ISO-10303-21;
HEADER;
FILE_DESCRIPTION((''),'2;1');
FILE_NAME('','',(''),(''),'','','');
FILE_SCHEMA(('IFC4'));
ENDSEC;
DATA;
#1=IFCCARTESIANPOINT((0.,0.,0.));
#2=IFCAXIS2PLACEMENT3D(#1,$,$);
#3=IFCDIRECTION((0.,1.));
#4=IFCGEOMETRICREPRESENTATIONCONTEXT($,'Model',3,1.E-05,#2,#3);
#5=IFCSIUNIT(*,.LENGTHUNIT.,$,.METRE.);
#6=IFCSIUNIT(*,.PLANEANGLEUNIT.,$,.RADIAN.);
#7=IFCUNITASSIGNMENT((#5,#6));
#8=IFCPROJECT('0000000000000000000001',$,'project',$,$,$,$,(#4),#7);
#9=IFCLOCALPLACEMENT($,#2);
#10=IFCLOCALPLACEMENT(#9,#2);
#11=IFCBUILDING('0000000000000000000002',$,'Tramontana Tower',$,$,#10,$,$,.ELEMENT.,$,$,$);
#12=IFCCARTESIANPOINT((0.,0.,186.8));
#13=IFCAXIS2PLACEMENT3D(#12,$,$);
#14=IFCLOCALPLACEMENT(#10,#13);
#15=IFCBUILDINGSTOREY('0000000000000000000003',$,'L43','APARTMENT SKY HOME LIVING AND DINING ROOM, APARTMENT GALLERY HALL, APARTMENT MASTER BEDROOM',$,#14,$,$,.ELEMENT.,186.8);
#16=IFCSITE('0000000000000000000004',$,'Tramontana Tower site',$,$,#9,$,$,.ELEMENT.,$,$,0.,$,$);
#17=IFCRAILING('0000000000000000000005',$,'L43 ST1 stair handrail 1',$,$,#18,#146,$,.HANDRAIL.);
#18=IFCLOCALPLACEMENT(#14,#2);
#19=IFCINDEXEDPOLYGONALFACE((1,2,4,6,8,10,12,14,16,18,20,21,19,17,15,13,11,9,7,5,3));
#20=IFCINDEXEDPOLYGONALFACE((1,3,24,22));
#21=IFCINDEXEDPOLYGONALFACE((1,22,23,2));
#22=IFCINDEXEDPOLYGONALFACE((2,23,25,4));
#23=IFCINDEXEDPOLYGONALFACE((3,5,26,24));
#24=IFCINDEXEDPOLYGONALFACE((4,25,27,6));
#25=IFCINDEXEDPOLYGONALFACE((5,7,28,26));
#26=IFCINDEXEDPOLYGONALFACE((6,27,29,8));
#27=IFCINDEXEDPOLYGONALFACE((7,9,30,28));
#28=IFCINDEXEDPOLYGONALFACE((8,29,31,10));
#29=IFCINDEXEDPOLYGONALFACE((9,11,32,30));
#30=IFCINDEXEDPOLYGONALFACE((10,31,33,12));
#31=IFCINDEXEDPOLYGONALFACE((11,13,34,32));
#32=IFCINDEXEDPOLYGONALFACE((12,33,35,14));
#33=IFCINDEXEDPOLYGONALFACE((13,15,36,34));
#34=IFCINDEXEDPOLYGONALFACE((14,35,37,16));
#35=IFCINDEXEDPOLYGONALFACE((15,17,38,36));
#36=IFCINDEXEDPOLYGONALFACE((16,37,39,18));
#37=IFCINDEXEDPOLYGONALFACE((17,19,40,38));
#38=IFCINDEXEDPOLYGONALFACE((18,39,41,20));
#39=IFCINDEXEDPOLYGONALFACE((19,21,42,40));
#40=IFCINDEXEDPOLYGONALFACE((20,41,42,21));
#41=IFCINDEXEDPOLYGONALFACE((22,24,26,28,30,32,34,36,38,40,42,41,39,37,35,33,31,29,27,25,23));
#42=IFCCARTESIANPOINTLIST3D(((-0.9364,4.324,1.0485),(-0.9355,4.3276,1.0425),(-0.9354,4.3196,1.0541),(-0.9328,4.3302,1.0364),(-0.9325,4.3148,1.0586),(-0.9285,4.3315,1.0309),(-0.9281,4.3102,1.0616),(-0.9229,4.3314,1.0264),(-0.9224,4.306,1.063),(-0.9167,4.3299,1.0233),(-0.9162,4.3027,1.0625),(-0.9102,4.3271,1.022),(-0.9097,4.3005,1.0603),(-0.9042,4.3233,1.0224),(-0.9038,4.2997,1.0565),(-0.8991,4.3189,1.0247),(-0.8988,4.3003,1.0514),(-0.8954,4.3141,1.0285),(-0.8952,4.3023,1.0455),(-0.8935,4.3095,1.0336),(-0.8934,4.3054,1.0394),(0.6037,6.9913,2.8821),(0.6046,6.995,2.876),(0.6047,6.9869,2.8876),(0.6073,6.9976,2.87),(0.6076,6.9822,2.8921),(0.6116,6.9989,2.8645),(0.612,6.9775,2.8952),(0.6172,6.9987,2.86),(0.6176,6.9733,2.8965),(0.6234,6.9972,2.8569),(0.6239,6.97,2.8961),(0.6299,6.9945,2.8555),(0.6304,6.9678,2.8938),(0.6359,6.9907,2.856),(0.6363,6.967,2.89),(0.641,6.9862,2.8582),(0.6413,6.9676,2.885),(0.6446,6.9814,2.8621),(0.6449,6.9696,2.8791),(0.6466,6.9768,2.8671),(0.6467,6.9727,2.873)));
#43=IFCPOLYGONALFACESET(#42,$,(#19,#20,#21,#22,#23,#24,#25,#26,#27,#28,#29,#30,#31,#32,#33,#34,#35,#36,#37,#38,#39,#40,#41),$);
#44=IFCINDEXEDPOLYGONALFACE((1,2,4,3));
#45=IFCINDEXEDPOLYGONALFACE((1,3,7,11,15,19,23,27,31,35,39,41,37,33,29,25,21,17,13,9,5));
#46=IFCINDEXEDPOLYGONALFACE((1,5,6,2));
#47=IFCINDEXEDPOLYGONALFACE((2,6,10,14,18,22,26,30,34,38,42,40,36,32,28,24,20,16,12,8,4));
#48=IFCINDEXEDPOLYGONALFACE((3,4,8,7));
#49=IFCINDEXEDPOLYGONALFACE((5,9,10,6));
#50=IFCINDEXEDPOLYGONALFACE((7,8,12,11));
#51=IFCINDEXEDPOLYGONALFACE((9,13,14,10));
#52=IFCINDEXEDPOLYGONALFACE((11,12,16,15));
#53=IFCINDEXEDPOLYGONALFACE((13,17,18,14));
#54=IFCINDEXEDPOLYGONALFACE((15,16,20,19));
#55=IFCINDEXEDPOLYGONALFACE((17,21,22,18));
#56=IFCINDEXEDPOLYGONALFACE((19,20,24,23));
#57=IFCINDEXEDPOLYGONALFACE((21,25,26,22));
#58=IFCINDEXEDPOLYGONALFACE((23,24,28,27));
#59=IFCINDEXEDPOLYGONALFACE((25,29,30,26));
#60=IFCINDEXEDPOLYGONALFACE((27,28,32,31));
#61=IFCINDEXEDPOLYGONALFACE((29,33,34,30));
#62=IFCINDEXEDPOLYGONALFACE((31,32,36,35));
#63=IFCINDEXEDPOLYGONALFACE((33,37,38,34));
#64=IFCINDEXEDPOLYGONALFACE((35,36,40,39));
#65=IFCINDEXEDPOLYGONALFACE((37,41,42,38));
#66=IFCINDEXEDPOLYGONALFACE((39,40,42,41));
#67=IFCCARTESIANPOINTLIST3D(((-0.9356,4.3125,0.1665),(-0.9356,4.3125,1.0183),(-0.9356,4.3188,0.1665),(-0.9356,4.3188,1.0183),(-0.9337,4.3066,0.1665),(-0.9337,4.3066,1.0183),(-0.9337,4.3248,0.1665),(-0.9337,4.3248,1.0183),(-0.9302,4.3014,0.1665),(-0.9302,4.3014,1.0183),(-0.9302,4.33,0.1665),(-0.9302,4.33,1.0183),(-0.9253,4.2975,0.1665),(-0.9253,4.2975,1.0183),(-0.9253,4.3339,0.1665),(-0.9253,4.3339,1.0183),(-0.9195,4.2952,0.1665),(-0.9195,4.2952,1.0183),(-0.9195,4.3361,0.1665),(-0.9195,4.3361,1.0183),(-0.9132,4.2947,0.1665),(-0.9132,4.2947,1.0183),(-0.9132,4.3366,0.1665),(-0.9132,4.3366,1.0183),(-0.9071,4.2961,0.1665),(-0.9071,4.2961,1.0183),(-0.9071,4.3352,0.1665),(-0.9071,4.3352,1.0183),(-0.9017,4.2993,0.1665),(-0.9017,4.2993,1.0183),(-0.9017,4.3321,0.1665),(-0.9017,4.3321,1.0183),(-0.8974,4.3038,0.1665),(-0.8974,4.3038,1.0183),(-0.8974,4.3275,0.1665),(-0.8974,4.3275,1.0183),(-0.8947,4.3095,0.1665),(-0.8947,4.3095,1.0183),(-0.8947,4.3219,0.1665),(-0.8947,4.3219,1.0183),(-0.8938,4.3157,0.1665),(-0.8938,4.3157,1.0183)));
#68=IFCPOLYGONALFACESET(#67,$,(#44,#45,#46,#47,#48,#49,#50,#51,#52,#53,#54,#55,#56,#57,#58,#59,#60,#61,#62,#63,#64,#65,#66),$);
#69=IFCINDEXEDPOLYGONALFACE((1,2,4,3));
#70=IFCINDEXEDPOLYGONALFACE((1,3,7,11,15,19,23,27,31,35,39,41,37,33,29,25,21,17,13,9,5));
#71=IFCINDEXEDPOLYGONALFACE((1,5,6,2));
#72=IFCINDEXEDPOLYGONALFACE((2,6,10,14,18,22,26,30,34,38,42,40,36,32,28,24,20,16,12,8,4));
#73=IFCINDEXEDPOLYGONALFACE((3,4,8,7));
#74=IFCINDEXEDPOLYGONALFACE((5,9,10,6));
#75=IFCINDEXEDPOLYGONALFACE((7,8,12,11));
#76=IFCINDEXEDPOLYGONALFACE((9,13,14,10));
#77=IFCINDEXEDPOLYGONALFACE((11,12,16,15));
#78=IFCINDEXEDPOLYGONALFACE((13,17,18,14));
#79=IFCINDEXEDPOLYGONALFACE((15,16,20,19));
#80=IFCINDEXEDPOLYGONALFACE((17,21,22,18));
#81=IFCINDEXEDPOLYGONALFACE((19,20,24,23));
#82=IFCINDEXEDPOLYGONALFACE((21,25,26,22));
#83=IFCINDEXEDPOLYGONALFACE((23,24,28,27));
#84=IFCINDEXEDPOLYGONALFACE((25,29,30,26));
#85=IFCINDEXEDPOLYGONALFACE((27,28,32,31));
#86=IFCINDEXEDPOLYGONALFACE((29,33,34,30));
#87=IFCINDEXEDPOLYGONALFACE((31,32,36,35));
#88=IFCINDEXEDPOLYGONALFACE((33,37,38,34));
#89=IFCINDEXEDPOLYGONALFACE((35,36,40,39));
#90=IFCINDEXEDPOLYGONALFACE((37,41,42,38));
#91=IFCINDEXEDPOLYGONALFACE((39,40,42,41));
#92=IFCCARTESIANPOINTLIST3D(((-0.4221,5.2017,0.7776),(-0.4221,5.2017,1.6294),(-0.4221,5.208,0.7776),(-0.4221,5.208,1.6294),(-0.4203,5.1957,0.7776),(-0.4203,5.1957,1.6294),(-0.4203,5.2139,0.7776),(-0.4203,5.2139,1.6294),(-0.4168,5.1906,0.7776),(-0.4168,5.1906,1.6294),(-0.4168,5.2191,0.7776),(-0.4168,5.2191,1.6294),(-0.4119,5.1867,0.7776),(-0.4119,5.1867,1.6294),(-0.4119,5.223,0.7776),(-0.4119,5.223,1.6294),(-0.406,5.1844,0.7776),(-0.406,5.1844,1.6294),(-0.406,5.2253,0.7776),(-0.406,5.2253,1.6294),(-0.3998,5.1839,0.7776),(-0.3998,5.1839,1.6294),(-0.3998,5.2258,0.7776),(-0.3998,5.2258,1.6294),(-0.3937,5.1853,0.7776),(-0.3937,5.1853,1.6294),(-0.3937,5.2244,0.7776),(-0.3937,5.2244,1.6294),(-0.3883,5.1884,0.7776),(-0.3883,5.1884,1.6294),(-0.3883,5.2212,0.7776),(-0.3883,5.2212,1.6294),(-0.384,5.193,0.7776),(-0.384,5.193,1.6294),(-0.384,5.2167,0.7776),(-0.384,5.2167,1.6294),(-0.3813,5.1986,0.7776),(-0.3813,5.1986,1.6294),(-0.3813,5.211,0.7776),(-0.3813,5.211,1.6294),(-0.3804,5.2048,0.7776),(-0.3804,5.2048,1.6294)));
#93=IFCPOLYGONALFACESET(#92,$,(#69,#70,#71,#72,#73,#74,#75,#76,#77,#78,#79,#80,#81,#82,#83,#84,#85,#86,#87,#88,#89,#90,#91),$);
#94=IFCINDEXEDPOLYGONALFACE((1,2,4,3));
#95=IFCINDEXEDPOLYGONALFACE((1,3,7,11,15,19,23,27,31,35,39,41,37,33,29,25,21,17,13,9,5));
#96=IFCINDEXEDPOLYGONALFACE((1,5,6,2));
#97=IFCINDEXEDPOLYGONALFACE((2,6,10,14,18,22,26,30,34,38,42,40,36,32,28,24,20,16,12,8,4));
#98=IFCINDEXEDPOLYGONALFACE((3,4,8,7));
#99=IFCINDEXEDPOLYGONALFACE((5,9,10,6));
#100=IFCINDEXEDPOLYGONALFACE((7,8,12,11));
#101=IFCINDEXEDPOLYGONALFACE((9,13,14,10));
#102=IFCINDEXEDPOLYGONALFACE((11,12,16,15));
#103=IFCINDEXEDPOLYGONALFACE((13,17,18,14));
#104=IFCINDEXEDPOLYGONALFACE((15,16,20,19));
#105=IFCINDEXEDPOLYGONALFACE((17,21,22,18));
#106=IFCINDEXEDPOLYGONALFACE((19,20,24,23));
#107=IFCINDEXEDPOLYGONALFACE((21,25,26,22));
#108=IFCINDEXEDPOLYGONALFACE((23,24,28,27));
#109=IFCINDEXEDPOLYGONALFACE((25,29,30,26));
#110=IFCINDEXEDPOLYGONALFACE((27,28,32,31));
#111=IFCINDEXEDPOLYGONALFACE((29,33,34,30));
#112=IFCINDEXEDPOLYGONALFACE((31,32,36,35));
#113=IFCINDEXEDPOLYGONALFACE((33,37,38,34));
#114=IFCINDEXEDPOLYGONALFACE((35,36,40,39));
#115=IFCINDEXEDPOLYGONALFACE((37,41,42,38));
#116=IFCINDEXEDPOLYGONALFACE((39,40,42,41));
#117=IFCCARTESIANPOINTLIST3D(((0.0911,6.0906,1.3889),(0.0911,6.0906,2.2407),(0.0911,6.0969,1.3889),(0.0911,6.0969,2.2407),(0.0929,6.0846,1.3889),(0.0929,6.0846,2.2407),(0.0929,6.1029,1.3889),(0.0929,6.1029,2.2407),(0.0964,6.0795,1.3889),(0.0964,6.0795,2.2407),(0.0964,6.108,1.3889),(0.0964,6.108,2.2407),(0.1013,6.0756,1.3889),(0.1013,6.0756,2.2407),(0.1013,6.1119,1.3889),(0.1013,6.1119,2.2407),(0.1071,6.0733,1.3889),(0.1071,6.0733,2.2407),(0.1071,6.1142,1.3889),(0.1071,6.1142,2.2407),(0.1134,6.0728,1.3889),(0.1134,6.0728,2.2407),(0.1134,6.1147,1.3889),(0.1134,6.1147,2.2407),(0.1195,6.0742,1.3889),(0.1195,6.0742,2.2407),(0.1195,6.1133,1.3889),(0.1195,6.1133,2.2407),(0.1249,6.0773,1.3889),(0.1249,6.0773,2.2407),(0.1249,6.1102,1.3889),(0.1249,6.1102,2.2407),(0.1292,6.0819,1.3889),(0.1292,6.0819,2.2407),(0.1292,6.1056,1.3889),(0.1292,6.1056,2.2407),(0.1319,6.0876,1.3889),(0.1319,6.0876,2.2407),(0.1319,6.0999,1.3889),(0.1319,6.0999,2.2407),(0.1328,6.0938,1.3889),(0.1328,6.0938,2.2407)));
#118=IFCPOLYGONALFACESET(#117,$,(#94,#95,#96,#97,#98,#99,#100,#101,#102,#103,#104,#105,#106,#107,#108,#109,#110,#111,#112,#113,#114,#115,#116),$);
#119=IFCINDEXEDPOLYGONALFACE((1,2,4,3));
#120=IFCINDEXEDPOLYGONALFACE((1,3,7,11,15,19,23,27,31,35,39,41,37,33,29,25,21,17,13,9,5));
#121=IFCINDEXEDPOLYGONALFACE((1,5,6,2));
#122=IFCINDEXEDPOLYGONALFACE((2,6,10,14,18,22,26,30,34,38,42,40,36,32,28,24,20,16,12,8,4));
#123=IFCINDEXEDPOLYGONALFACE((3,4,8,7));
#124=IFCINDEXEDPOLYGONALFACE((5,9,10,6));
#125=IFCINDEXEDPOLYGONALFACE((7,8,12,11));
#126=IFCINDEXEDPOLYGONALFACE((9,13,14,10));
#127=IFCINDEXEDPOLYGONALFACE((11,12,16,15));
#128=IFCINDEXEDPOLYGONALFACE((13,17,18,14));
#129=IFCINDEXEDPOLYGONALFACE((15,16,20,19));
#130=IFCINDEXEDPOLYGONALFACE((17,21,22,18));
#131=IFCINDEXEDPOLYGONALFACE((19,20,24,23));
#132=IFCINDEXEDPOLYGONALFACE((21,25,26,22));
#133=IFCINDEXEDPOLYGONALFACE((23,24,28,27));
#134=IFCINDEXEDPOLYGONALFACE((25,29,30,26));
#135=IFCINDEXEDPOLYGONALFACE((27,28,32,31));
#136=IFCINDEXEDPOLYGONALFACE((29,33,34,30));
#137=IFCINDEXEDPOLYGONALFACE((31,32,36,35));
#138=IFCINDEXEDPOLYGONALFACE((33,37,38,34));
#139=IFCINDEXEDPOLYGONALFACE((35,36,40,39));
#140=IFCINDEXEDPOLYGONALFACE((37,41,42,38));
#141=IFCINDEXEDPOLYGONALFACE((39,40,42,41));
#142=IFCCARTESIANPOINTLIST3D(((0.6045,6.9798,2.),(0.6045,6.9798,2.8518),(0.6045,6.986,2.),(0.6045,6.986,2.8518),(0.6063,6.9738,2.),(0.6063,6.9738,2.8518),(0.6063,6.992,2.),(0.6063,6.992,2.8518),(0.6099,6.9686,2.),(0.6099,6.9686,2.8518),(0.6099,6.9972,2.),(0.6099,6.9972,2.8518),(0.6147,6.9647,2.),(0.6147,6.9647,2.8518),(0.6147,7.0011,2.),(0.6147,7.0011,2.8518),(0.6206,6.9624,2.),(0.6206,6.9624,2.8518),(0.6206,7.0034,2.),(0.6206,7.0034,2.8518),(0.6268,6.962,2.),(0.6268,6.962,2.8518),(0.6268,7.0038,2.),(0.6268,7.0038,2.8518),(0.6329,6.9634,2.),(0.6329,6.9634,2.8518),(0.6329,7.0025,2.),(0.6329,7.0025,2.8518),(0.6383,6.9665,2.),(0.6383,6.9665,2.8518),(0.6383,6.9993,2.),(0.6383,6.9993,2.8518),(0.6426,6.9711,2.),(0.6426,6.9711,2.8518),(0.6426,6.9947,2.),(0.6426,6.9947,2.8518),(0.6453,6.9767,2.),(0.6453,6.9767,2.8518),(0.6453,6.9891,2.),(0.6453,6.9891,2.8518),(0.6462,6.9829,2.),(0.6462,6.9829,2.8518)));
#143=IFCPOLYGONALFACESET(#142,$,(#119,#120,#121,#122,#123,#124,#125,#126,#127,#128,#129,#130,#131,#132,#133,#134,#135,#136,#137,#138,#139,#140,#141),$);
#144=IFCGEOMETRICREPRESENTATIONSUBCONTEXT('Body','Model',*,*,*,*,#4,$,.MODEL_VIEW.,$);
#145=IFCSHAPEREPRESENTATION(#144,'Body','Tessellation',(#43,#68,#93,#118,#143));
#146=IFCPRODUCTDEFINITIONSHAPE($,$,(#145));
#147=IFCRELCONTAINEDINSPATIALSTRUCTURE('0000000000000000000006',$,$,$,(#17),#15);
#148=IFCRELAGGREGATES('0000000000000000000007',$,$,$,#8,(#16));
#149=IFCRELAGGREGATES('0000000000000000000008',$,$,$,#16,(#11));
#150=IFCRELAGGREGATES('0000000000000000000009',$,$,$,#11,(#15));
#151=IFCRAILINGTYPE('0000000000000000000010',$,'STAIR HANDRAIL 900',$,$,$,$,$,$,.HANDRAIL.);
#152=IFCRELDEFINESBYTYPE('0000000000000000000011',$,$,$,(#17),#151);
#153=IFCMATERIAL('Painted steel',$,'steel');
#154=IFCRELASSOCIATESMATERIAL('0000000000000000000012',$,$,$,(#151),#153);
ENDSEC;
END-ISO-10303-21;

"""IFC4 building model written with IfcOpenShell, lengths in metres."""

from ifc_helpers import new_model, si_unit, direction, frame, origin, origin_2d, place, context, subcontext, project, spatial, circle, extrude, material, type_object, element, save


model = new_model("IFC4")

# Units and contexts
model_context = context("Model", 3, precision=1e-05, world=origin(), true_north=direction((0.0, 1.0)))
body_context = subcontext(model_context, "Body", "Model", "MODEL_VIEW")
ifc_project = project(units=[si_unit("LENGTHUNIT", "METRE"), si_unit("PLANEANGLEUNIT", "RADIAN")], contexts=[model_context])

# Site, building, storey
site_placement = place(None, origin())
site = spatial("IfcSite", under=ifc_project, at=site_placement, Name="Tramontana Tower site", CompositionType="ELEMENT", RefElevation=0.0)
building_placement = place(site_placement, origin())
building = spatial("IfcBuilding", under=site, at=building_placement, Name="Tramontana Tower", CompositionType="ELEMENT")
storey_placement = place(building_placement, frame((0.0, 0.0, 186.8)))
storey = spatial("IfcBuildingStorey", under=building, at=storey_placement, Name="L43", Description="APARTMENT SKY HOME LIVING AND DINING ROOM, APARTMENT GALLERY HALL, APARTMENT MASTER BEDROOM", CompositionType="ELEMENT", Elevation=186.8)

# Railing
ifc_material_1 = material(Name="Painted steel", Category="steel")
railing_type_1 = type_object("IfcRailingType", Name="STAIR HANDRAIL 900", PredefinedType="HANDRAIL", material=ifc_material_1)
railing_1_placement = place(storey_placement, frame((-0.9148, 4.3157, 0.1665)))
element("IfcRailing", 1, at=railing_1_placement, inside=storey, type_object=railing_type_1, Name="L43 ST1 stair handrail 1", PredefinedType="HANDRAIL", context=body_context, shape_type="SweptSolid", body=[
    extrude(circle(Radius=0.0239, at=origin_2d()), frame((0.0, 0.0, 0.876), z_axis=(0.429656, 0.744134, 0.511528), x_axis=(-0.86601, 0.500027, 0.0)), (0.0, 0.0, 1.0), 3.5845),
    extrude(circle(Radius=0.021, at=origin_2d()), origin(), (0.0, 0.0, 1.0), 0.8518),
    extrude(circle(Radius=0.021, at=origin_2d()), frame((0.5134, 0.8892, 0.6111)), (0.0, 0.0, 1.0), 0.8518),
    extrude(circle(Radius=0.021, at=origin_2d()), frame((1.0266, 1.7781, 1.2224)), (0.0, 0.0, 1.0), 0.8518),
    extrude(circle(Radius=0.021, at=origin_2d()), frame((1.54, 2.6672, 1.8335)), (0.0, 0.0, 1.0), 0.8518),
])

save(model, "model.ifc")
